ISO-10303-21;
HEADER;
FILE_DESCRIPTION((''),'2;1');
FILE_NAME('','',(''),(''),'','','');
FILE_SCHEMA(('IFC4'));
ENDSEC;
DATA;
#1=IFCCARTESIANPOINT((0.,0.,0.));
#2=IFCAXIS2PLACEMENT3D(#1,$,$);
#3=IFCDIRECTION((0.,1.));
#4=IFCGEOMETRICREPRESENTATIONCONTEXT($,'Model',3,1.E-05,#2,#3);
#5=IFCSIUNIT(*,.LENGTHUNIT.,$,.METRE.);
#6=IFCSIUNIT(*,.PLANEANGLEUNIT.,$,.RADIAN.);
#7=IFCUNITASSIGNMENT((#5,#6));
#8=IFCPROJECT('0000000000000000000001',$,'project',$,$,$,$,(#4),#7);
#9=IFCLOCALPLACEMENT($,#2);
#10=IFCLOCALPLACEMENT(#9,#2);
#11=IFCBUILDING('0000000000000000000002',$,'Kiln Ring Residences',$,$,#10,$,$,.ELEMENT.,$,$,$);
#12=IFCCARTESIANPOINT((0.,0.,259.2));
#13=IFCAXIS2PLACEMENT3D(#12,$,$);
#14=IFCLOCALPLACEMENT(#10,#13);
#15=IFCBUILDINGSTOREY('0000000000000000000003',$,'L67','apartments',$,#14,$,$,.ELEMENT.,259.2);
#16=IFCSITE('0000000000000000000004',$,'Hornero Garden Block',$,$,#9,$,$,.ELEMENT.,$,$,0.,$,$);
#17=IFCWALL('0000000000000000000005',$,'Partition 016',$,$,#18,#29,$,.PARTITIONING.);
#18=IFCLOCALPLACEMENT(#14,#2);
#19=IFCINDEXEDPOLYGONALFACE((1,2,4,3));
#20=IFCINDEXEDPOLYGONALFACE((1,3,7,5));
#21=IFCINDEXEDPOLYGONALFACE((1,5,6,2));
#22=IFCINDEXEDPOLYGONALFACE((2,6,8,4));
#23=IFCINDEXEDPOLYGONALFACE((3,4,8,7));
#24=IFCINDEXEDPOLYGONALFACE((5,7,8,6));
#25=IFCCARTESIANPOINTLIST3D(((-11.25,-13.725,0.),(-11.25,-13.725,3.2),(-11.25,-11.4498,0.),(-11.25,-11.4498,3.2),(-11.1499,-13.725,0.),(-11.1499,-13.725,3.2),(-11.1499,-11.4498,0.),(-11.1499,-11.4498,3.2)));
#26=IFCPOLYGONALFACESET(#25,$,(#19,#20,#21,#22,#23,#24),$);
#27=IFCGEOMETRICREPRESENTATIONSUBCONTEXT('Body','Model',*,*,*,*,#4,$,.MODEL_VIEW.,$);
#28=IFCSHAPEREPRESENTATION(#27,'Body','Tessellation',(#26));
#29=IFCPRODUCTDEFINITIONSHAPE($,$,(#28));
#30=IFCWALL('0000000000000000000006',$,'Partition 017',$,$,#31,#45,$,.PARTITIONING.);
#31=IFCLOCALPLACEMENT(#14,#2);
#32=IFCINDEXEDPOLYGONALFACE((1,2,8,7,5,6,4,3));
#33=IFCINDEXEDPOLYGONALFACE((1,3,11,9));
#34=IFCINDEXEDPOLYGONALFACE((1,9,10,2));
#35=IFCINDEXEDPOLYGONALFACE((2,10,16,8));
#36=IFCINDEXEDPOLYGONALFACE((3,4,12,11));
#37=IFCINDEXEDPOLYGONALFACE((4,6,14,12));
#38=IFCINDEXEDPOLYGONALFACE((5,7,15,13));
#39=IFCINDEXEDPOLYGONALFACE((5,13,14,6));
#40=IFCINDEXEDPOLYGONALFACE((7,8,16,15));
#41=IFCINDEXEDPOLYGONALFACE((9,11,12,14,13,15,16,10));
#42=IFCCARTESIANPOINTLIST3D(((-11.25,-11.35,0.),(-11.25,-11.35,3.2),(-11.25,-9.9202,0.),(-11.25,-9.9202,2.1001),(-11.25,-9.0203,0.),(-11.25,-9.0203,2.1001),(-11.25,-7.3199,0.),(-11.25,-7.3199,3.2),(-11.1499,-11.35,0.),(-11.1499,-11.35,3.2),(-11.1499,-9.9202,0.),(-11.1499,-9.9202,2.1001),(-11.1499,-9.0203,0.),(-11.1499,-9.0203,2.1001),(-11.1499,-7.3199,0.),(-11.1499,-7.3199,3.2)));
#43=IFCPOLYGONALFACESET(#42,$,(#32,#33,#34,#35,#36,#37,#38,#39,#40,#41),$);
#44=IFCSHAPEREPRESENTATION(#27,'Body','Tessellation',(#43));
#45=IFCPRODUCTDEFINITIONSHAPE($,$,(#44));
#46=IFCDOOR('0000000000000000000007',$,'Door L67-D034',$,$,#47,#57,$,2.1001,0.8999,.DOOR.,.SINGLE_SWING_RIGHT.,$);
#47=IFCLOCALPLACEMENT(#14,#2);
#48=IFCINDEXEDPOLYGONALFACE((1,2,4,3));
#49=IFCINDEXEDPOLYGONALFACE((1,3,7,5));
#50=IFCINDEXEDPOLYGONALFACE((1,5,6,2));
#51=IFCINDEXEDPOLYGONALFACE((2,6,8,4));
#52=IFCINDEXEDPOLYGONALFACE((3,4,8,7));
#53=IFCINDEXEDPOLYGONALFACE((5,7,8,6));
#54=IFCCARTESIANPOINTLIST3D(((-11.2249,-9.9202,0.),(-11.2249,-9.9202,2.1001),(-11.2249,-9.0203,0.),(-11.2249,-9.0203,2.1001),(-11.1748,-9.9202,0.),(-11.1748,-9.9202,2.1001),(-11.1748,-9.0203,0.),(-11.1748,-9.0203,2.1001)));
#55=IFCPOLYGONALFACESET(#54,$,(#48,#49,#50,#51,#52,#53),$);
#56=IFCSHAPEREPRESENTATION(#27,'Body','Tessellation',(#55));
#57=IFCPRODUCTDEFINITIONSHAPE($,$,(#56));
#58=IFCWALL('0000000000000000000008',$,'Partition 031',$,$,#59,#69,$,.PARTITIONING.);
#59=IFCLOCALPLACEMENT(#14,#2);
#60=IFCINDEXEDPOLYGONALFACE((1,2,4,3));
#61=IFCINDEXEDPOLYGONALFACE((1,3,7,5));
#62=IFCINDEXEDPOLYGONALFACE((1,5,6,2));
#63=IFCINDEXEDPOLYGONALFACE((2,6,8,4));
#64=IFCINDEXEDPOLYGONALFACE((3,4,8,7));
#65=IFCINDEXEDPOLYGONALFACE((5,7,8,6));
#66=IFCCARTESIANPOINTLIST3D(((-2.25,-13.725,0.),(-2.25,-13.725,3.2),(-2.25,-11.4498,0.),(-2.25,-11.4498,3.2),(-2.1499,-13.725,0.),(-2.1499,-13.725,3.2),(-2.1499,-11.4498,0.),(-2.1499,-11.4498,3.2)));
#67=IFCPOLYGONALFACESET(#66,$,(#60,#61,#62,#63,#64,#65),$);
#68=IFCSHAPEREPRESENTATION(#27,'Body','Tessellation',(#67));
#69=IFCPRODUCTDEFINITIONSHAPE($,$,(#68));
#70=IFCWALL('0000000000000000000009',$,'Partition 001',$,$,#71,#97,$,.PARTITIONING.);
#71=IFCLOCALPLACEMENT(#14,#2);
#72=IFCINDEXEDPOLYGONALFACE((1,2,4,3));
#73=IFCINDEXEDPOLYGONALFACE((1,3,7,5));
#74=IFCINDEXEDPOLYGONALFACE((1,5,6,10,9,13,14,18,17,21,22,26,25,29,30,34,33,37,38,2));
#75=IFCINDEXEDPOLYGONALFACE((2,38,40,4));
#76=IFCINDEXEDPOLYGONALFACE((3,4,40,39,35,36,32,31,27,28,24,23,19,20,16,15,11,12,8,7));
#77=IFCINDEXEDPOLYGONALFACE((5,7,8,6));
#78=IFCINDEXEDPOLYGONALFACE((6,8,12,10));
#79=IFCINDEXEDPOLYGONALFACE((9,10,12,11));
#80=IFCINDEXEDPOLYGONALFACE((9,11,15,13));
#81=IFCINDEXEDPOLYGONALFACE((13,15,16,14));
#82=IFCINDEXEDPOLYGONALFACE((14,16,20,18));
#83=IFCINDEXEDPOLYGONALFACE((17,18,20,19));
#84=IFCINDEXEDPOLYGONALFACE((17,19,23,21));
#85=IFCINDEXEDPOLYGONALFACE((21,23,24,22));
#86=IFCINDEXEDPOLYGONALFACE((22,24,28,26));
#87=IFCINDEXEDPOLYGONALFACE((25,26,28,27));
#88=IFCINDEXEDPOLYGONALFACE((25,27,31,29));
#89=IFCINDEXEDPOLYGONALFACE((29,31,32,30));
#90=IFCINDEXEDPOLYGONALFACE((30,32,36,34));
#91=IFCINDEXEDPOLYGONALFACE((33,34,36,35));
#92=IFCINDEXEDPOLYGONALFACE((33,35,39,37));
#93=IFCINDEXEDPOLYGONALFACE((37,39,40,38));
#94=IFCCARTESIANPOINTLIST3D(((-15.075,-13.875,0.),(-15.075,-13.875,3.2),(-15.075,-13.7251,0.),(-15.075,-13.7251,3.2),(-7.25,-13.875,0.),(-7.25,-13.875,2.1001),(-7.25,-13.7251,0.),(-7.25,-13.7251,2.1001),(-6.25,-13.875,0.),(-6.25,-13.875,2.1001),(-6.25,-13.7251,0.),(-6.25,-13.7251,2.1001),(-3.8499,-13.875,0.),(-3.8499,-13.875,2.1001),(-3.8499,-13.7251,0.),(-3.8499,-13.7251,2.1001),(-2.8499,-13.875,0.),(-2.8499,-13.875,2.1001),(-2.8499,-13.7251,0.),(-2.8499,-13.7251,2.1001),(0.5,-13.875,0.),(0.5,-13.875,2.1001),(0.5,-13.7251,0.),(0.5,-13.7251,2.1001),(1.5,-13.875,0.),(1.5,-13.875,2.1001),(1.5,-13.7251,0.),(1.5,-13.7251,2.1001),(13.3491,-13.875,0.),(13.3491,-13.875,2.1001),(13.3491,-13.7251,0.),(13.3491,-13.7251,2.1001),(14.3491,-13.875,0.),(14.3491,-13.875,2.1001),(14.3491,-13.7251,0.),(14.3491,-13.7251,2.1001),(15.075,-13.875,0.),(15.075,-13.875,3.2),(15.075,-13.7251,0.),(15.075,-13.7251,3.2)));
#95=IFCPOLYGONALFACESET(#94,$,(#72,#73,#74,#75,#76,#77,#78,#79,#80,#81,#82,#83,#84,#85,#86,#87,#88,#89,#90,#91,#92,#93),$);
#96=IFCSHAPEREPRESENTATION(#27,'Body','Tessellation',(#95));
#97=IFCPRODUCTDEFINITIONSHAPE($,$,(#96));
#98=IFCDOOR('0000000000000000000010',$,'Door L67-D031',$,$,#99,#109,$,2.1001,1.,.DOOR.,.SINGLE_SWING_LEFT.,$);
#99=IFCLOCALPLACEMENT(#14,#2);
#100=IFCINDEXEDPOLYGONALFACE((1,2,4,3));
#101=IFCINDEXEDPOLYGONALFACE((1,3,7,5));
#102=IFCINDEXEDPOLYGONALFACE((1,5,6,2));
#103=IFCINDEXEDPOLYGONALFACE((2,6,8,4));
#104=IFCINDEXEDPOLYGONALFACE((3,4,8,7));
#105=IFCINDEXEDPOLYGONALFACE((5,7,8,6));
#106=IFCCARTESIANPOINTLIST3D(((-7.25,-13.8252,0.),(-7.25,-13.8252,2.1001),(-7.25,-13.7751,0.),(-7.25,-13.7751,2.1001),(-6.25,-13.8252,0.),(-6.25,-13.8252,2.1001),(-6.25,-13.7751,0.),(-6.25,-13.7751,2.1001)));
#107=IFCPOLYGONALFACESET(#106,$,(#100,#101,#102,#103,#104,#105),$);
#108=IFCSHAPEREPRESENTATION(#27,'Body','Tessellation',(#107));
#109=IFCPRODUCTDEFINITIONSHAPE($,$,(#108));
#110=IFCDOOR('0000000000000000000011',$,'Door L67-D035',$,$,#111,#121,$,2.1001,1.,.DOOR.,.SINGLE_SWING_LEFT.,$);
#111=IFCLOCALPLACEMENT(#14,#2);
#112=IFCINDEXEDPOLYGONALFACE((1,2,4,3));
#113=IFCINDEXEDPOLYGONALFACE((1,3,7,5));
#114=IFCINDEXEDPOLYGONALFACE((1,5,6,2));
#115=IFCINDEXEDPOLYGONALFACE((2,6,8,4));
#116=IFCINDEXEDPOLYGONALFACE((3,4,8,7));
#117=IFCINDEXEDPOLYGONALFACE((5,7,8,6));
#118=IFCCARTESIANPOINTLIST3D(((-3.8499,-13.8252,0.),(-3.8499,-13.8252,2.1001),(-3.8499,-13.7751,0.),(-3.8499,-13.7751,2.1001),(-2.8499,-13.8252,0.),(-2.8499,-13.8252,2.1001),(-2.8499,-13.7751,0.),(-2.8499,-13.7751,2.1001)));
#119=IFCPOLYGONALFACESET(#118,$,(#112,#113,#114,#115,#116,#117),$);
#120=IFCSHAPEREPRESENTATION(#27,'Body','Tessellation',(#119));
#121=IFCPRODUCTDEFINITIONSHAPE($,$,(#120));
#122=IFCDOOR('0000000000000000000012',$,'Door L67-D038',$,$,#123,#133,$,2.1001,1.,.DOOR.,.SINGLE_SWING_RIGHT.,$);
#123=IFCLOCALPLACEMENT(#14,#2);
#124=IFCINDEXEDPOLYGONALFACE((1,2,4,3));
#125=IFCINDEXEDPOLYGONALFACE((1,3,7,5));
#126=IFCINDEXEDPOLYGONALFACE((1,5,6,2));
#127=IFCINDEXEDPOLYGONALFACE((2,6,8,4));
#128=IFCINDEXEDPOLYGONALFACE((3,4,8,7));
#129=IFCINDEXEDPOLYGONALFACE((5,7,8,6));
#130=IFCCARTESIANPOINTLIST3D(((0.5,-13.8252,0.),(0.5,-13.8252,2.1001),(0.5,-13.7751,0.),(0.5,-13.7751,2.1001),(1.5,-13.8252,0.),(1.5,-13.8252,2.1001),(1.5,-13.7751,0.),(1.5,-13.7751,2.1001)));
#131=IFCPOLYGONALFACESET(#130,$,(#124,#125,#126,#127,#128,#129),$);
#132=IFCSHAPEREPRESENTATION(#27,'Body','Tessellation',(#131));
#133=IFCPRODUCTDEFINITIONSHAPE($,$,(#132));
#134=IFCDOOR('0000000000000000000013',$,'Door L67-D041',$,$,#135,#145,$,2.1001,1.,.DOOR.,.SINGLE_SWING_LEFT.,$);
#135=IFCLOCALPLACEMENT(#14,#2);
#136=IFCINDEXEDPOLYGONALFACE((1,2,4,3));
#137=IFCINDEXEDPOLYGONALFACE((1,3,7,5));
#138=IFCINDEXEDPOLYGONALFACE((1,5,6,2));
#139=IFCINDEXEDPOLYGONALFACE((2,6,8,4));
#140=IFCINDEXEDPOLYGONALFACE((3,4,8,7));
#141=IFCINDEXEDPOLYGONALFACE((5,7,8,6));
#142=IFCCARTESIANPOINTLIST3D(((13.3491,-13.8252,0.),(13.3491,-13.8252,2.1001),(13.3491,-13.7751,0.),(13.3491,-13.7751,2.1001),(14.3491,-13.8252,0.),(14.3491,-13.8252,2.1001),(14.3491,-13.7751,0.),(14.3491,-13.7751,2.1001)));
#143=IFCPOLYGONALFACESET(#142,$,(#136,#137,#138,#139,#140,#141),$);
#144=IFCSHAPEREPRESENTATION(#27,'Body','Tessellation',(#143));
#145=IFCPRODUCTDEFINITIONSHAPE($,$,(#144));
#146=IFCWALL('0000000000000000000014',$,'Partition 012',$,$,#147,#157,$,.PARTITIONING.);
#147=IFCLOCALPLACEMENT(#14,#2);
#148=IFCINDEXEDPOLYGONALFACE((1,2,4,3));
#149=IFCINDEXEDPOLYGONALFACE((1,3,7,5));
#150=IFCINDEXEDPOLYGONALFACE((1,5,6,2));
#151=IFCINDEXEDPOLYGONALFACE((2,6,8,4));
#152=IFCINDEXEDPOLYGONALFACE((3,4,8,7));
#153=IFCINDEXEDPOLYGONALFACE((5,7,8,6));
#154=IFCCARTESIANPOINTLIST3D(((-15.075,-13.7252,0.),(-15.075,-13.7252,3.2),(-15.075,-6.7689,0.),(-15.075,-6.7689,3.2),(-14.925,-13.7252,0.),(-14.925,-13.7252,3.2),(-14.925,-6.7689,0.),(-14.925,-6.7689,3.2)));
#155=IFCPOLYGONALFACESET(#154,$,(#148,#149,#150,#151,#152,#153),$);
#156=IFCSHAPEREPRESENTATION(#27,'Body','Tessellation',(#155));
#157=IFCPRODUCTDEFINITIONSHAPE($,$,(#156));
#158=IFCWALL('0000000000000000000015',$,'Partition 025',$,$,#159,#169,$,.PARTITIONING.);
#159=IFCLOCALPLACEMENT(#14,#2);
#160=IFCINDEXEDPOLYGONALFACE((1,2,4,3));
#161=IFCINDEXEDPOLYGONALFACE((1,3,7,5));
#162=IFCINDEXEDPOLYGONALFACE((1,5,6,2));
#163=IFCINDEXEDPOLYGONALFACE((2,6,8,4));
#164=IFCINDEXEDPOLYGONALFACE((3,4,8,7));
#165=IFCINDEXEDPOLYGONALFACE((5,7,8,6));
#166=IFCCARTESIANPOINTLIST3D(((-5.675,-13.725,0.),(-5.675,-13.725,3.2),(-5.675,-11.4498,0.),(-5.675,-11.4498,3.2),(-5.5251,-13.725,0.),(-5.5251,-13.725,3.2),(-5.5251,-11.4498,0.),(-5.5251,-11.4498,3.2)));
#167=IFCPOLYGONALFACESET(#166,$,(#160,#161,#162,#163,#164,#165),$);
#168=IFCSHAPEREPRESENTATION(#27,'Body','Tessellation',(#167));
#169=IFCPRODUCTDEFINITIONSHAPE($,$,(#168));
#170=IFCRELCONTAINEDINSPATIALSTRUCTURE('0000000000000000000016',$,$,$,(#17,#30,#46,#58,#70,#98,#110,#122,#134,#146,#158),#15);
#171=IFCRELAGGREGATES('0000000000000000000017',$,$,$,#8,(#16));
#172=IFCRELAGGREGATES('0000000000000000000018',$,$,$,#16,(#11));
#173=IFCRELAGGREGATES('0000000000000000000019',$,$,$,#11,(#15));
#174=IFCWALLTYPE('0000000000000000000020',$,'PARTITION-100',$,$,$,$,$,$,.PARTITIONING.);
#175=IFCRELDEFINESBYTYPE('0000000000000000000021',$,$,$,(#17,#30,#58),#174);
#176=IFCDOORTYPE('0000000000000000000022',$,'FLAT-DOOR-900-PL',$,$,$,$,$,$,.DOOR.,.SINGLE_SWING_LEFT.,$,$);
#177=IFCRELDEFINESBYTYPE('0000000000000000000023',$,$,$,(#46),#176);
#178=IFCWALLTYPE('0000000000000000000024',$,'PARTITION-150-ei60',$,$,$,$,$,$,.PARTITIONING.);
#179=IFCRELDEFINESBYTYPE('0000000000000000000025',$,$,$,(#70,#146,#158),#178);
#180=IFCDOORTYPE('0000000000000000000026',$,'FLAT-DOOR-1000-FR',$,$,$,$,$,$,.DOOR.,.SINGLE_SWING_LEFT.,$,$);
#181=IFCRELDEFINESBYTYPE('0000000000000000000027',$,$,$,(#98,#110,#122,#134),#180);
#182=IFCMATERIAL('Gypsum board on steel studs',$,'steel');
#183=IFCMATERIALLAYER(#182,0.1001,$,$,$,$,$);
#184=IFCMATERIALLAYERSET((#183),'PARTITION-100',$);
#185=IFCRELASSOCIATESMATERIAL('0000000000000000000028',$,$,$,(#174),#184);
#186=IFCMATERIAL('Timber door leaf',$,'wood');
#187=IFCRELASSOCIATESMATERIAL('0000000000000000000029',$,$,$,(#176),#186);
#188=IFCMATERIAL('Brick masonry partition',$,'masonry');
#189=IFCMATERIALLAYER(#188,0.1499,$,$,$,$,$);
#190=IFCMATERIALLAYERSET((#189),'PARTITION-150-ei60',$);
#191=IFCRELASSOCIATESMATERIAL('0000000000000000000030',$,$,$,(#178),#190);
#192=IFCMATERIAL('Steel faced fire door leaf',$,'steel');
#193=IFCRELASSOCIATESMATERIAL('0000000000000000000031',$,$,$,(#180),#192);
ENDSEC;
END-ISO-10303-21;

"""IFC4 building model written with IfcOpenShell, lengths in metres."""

from ifc_helpers import new_model, si_unit, direction, frame, frame_2d, origin, place, context, subcontext, project, spatial, rectangle, extrude, material, layer, layer_set, type_object, element, fill, save


model = new_model("IFC4")

# Units and contexts
model_context = context("Model", 3, precision=1e-05, world=origin(), true_north=direction((0.0, 1.0)))
body_context = subcontext(model_context, "Body", "Model", "MODEL_VIEW")
ifc_project = project(units=[si_unit("LENGTHUNIT", "METRE"), si_unit("PLANEANGLEUNIT", "RADIAN")], contexts=[model_context])

# Site, building, storey
site_placement = place(None, origin())
site = spatial("IfcSite", under=ifc_project, at=site_placement, Name="Hornero Garden Block", CompositionType="ELEMENT", RefElevation=0.0)
building_placement = place(site_placement, origin())
building = spatial("IfcBuilding", under=site, at=building_placement, Name="Kiln Ring Residences", CompositionType="ELEMENT")
storey_placement = place(building_placement, frame((0.0, 0.0, 259.2)))
storey = spatial("IfcBuildingStorey", under=building, at=storey_placement, Name="L67", Description="apartments", CompositionType="ELEMENT", Elevation=259.2)

# Shared definitions
ifc_material_1 = material(Name="Gypsum board on steel studs", Category="steel")
ifc_layer_1 = layer(ifc_material_1, 0.1001)
ifc_layer_set_1 = layer_set([ifc_layer_1], Name="PARTITION-100")
wall_type_1 = type_object("IfcWallType", Name="PARTITION-100", PredefinedType="PARTITIONING", material=ifc_layer_set_1)
ifc_material_2 = material(Name="Timber door leaf", Category="wood")
door_type_1 = type_object("IfcDoorType", Name="FLAT-DOOR-900-PL", OperationType="SINGLE_SWING_LEFT", PredefinedType="DOOR", material=ifc_material_2)

# Wall
wall_1_placement = place(storey_placement, frame((-11.2, -13.7251, 0.0), z_axis=(0.0, 0.0, 1.0), x_axis=(0.0, 1.0, 0.0)))
element("IfcWall", 1, at=wall_1_placement, inside=storey, type_object=wall_type_1, Name="Partition 016", PredefinedType="PARTITIONING", context=body_context, shape_type="SweptSolid", body=[
    extrude(rectangle(XDim=2.2751, YDim=0.1001, at=frame_2d((1.1377, 0.0))), origin(), (0.0, 0.0, 1.0), 3.2),
])

# Wall, opening, door
wall_2_placement = place(storey_placement, frame((-11.2, -11.3501, 0.0), z_axis=(0.0, 0.0, 1.0), x_axis=(0.0, 1.0, 0.0)))
wall_2 = element("IfcWall", 2, at=wall_2_placement, inside=storey, type_object=wall_type_1, Name="Partition 017", PredefinedType="PARTITIONING", context=body_context, shape_type="SweptSolid", body=[
    extrude(rectangle(XDim=4.03, YDim=0.1001, at=frame_2d((2.0151, 0.0))), origin(), (0.0, 0.0, 1.0), 3.2),
])
opening_1_placement = place(wall_2_placement, frame((1.4299, 0.0, 0.0)))
opening_1 = element("IfcOpeningElement", 3, at=opening_1_placement, cuts=wall_2, PredefinedType="OPENING", context=body_context, shape_type="SweptSolid", body=[
    extrude(rectangle(XDim=0.8999, YDim=2.1001, at=frame_2d((0.45, 1.05))), frame((0.0, 0.0601, 0.0), z_axis=(0.0, -1.0, 0.0), x_axis=(1.0, 0.0, 0.0)), (0.0, 0.0, 1.0), 0.1201),
])
door_1_placement = place(opening_1_placement, origin())
door_1 = element("IfcDoor", 4, at=door_1_placement, inside=storey, type_object=door_type_1, Name="Door L67-D034", OperationType="SINGLE_SWING_RIGHT", OverallHeight=2.1001, OverallWidth=0.8999, PredefinedType="DOOR", context=body_context, shape_type="SweptSolid", body=[
    extrude(rectangle(XDim=0.8999, YDim=2.1001, at=frame_2d((0.45, 1.05))), frame((0.0, 0.0249, 0.0), z_axis=(0.0, -1.0, 0.0), x_axis=(1.0, 0.0, 0.0)), (0.0, 0.0, 1.0), 0.05),
])
fill(opening_1, door_1)

# Wall
wall_3_placement = place(storey_placement, frame((-2.2, -13.7251, 0.0), z_axis=(0.0, 0.0, 1.0), x_axis=(0.0, 1.0, 0.0)))
element("IfcWall", 5, at=wall_3_placement, inside=storey, type_object=wall_type_1, Name="Partition 031", PredefinedType="PARTITIONING", context=body_context, shape_type="SweptSolid", body=[
    extrude(rectangle(XDim=2.2751, YDim=0.1001, at=frame_2d((1.1377, 0.0))), origin(), (0.0, 0.0, 1.0), 3.2),
])

# Wall, openings, doors
ifc_material_3 = material(Name="Brick masonry partition", Category="masonry")
ifc_layer_2 = layer(ifc_material_3, 0.1499)
ifc_layer_set_2 = layer_set([ifc_layer_2], Name="PARTITION-150-ei60")
wall_type_2 = type_object("IfcWallType", Name="PARTITION-150-ei60", PredefinedType="PARTITIONING", material=ifc_layer_set_2)
wall_4_placement = place(storey_placement, frame((-15.075, -13.8, 0.0), z_axis=(0.0, 0.0, 1.0), x_axis=(1.0, 0.0, 0.0)))
wall_4 = element("IfcWall", 6, at=wall_4_placement, inside=storey, type_object=wall_type_2, Name="Partition 001", PredefinedType="PARTITIONING", context=body_context, shape_type="SweptSolid", body=[
    extrude(rectangle(XDim=30.1499, YDim=0.1499, at=frame_2d((15.075, 0.0))), origin(), (0.0, 0.0, 1.0), 3.2),
])
opening_2_placement = place(wall_4_placement, frame((7.825, 0.0, 0.0)))
opening_2 = element("IfcOpeningElement", 7, at=opening_2_placement, cuts=wall_4, PredefinedType="OPENING", context=body_context, shape_type="SweptSolid", body=[
    extrude(rectangle(XDim=1.0, YDim=2.1001, at=frame_2d((0.5, 1.05))), frame((0.0, 0.085, 0.0), z_axis=(0.0, -1.0, 0.0), x_axis=(1.0, 0.0, 0.0)), (0.0, 0.0, 1.0), 0.1699),
])
opening_3_placement = place(wall_4_placement, frame((11.2251, 0.0, 0.0)))
opening_3 = element("IfcOpeningElement", 8, at=opening_3_placement, cuts=wall_4, PredefinedType="OPENING", context=body_context, shape_type="SweptSolid", body=[
    extrude(rectangle(XDim=1.0, YDim=2.1001, at=frame_2d((0.5, 1.05))), frame((0.0, 0.085, 0.0), z_axis=(0.0, -1.0, 0.0), x_axis=(1.0, 0.0, 0.0)), (0.0, 0.0, 1.0), 0.1699),
])
opening_4_placement = place(wall_4_placement, frame((15.575, 0.0, 0.0)))
opening_4 = element("IfcOpeningElement", 9, at=opening_4_placement, cuts=wall_4, PredefinedType="OPENING", context=body_context, shape_type="SweptSolid", body=[
    extrude(rectangle(XDim=1.0, YDim=2.1001, at=frame_2d((0.5, 1.05))), frame((0.0, 0.085, 0.0), z_axis=(0.0, -1.0, 0.0), x_axis=(1.0, 0.0, 0.0)), (0.0, 0.0, 1.0), 0.1699),
])
opening_5_placement = place(wall_4_placement, frame((28.4241, 0.0, 0.0)))
opening_5 = element("IfcOpeningElement", 10, at=opening_5_placement, cuts=wall_4, PredefinedType="OPENING", context=body_context, shape_type="SweptSolid", body=[
    extrude(rectangle(XDim=1.0, YDim=2.1001, at=frame_2d((0.5, 1.05))), frame((0.0, 0.085, 0.0), z_axis=(0.0, -1.0, 0.0), x_axis=(1.0, 0.0, 0.0)), (0.0, 0.0, 1.0), 0.1699),
])
ifc_material_4 = material(Name="Steel faced fire door leaf", Category="steel")
door_type_2 = type_object("IfcDoorType", Name="FLAT-DOOR-1000-FR", OperationType="SINGLE_SWING_LEFT", PredefinedType="DOOR", material=ifc_material_4)
door_2_placement = place(opening_2_placement, origin())
door_2 = element("IfcDoor", 11, at=door_2_placement, inside=storey, type_object=door_type_2, Name="Door L67-D031", OperationType="SINGLE_SWING_LEFT", OverallHeight=2.1001, OverallWidth=1.0, PredefinedType="DOOR", context=body_context, shape_type="SweptSolid", body=[
    extrude(rectangle(XDim=1.0, YDim=2.1001, at=frame_2d((0.5, 1.05))), frame((0.0, 0.0249, 0.0), z_axis=(0.0, -1.0, 0.0), x_axis=(1.0, 0.0, 0.0)), (0.0, 0.0, 1.0), 0.05),
])
fill(opening_2, door_2)
door_3_placement = place(opening_3_placement, origin())
door_3 = element("IfcDoor", 12, at=door_3_placement, inside=storey, type_object=door_type_2, Name="Door L67-D035", OperationType="SINGLE_SWING_LEFT", OverallHeight=2.1001, OverallWidth=1.0, PredefinedType="DOOR", context=body_context, shape_type="SweptSolid", body=[
    extrude(rectangle(XDim=1.0, YDim=2.1001, at=frame_2d((0.5, 1.05))), frame((0.0, 0.0249, 0.0), z_axis=(0.0, -1.0, 0.0), x_axis=(1.0, 0.0, 0.0)), (0.0, 0.0, 1.0), 0.05),
])
fill(opening_3, door_3)
door_4_placement = place(opening_4_placement, origin())
door_4 = element("IfcDoor", 13, at=door_4_placement, inside=storey, type_object=door_type_2, Name="Door L67-D038", OperationType="SINGLE_SWING_RIGHT", OverallHeight=2.1001, OverallWidth=1.0, PredefinedType="DOOR", context=body_context, shape_type="SweptSolid", body=[
    extrude(rectangle(XDim=1.0, YDim=2.1001, at=frame_2d((0.5, 1.05))), frame((0.0, 0.0249, 0.0), z_axis=(0.0, -1.0, 0.0), x_axis=(1.0, 0.0, 0.0)), (0.0, 0.0, 1.0), 0.05),
])
fill(opening_4, door_4)
door_5_placement = place(opening_5_placement, origin())
door_5 = element("IfcDoor", 14, at=door_5_placement, inside=storey, type_object=door_type_2, Name="Door L67-D041", OperationType="SINGLE_SWING_LEFT", OverallHeight=2.1001, OverallWidth=1.0, PredefinedType="DOOR", context=body_context, shape_type="SweptSolid", body=[
    extrude(rectangle(XDim=1.0, YDim=2.1001, at=frame_2d((0.5, 1.05))), frame((0.0, 0.0249, 0.0), z_axis=(0.0, -1.0, 0.0), x_axis=(1.0, 0.0, 0.0)), (0.0, 0.0, 1.0), 0.05),
])
fill(opening_5, door_5)

# Walls
wall_5_placement = place(storey_placement, frame((-15.0, -13.7251, 0.0), z_axis=(0.0, 0.0, 1.0), x_axis=(0.0, 1.0, 0.0)))
element("IfcWall", 15, at=wall_5_placement, inside=storey, type_object=wall_type_2, Name="Partition 012", PredefinedType="PARTITIONING", context=body_context, shape_type="SweptSolid", body=[
    extrude(rectangle(XDim=6.9563, YDim=0.1499, at=frame_2d((3.478, 0.0))), origin(), (0.0, 0.0, 1.0), 3.2),
])
wall_6_placement = place(storey_placement, frame((-5.6001, -13.7251, 0.0), z_axis=(0.0, 0.0, 1.0), x_axis=(0.0, 1.0, 0.0)))
element("IfcWall", 16, at=wall_6_placement, inside=storey, type_object=wall_type_2, Name="Partition 025", PredefinedType="PARTITIONING", context=body_context, shape_type="SweptSolid", body=[
    extrude(rectangle(XDim=2.2751, YDim=0.1499, at=frame_2d((1.1377, 0.0))), origin(), (0.0, 0.0, 1.0), 3.2),
])

save(model, "model.ifc")
